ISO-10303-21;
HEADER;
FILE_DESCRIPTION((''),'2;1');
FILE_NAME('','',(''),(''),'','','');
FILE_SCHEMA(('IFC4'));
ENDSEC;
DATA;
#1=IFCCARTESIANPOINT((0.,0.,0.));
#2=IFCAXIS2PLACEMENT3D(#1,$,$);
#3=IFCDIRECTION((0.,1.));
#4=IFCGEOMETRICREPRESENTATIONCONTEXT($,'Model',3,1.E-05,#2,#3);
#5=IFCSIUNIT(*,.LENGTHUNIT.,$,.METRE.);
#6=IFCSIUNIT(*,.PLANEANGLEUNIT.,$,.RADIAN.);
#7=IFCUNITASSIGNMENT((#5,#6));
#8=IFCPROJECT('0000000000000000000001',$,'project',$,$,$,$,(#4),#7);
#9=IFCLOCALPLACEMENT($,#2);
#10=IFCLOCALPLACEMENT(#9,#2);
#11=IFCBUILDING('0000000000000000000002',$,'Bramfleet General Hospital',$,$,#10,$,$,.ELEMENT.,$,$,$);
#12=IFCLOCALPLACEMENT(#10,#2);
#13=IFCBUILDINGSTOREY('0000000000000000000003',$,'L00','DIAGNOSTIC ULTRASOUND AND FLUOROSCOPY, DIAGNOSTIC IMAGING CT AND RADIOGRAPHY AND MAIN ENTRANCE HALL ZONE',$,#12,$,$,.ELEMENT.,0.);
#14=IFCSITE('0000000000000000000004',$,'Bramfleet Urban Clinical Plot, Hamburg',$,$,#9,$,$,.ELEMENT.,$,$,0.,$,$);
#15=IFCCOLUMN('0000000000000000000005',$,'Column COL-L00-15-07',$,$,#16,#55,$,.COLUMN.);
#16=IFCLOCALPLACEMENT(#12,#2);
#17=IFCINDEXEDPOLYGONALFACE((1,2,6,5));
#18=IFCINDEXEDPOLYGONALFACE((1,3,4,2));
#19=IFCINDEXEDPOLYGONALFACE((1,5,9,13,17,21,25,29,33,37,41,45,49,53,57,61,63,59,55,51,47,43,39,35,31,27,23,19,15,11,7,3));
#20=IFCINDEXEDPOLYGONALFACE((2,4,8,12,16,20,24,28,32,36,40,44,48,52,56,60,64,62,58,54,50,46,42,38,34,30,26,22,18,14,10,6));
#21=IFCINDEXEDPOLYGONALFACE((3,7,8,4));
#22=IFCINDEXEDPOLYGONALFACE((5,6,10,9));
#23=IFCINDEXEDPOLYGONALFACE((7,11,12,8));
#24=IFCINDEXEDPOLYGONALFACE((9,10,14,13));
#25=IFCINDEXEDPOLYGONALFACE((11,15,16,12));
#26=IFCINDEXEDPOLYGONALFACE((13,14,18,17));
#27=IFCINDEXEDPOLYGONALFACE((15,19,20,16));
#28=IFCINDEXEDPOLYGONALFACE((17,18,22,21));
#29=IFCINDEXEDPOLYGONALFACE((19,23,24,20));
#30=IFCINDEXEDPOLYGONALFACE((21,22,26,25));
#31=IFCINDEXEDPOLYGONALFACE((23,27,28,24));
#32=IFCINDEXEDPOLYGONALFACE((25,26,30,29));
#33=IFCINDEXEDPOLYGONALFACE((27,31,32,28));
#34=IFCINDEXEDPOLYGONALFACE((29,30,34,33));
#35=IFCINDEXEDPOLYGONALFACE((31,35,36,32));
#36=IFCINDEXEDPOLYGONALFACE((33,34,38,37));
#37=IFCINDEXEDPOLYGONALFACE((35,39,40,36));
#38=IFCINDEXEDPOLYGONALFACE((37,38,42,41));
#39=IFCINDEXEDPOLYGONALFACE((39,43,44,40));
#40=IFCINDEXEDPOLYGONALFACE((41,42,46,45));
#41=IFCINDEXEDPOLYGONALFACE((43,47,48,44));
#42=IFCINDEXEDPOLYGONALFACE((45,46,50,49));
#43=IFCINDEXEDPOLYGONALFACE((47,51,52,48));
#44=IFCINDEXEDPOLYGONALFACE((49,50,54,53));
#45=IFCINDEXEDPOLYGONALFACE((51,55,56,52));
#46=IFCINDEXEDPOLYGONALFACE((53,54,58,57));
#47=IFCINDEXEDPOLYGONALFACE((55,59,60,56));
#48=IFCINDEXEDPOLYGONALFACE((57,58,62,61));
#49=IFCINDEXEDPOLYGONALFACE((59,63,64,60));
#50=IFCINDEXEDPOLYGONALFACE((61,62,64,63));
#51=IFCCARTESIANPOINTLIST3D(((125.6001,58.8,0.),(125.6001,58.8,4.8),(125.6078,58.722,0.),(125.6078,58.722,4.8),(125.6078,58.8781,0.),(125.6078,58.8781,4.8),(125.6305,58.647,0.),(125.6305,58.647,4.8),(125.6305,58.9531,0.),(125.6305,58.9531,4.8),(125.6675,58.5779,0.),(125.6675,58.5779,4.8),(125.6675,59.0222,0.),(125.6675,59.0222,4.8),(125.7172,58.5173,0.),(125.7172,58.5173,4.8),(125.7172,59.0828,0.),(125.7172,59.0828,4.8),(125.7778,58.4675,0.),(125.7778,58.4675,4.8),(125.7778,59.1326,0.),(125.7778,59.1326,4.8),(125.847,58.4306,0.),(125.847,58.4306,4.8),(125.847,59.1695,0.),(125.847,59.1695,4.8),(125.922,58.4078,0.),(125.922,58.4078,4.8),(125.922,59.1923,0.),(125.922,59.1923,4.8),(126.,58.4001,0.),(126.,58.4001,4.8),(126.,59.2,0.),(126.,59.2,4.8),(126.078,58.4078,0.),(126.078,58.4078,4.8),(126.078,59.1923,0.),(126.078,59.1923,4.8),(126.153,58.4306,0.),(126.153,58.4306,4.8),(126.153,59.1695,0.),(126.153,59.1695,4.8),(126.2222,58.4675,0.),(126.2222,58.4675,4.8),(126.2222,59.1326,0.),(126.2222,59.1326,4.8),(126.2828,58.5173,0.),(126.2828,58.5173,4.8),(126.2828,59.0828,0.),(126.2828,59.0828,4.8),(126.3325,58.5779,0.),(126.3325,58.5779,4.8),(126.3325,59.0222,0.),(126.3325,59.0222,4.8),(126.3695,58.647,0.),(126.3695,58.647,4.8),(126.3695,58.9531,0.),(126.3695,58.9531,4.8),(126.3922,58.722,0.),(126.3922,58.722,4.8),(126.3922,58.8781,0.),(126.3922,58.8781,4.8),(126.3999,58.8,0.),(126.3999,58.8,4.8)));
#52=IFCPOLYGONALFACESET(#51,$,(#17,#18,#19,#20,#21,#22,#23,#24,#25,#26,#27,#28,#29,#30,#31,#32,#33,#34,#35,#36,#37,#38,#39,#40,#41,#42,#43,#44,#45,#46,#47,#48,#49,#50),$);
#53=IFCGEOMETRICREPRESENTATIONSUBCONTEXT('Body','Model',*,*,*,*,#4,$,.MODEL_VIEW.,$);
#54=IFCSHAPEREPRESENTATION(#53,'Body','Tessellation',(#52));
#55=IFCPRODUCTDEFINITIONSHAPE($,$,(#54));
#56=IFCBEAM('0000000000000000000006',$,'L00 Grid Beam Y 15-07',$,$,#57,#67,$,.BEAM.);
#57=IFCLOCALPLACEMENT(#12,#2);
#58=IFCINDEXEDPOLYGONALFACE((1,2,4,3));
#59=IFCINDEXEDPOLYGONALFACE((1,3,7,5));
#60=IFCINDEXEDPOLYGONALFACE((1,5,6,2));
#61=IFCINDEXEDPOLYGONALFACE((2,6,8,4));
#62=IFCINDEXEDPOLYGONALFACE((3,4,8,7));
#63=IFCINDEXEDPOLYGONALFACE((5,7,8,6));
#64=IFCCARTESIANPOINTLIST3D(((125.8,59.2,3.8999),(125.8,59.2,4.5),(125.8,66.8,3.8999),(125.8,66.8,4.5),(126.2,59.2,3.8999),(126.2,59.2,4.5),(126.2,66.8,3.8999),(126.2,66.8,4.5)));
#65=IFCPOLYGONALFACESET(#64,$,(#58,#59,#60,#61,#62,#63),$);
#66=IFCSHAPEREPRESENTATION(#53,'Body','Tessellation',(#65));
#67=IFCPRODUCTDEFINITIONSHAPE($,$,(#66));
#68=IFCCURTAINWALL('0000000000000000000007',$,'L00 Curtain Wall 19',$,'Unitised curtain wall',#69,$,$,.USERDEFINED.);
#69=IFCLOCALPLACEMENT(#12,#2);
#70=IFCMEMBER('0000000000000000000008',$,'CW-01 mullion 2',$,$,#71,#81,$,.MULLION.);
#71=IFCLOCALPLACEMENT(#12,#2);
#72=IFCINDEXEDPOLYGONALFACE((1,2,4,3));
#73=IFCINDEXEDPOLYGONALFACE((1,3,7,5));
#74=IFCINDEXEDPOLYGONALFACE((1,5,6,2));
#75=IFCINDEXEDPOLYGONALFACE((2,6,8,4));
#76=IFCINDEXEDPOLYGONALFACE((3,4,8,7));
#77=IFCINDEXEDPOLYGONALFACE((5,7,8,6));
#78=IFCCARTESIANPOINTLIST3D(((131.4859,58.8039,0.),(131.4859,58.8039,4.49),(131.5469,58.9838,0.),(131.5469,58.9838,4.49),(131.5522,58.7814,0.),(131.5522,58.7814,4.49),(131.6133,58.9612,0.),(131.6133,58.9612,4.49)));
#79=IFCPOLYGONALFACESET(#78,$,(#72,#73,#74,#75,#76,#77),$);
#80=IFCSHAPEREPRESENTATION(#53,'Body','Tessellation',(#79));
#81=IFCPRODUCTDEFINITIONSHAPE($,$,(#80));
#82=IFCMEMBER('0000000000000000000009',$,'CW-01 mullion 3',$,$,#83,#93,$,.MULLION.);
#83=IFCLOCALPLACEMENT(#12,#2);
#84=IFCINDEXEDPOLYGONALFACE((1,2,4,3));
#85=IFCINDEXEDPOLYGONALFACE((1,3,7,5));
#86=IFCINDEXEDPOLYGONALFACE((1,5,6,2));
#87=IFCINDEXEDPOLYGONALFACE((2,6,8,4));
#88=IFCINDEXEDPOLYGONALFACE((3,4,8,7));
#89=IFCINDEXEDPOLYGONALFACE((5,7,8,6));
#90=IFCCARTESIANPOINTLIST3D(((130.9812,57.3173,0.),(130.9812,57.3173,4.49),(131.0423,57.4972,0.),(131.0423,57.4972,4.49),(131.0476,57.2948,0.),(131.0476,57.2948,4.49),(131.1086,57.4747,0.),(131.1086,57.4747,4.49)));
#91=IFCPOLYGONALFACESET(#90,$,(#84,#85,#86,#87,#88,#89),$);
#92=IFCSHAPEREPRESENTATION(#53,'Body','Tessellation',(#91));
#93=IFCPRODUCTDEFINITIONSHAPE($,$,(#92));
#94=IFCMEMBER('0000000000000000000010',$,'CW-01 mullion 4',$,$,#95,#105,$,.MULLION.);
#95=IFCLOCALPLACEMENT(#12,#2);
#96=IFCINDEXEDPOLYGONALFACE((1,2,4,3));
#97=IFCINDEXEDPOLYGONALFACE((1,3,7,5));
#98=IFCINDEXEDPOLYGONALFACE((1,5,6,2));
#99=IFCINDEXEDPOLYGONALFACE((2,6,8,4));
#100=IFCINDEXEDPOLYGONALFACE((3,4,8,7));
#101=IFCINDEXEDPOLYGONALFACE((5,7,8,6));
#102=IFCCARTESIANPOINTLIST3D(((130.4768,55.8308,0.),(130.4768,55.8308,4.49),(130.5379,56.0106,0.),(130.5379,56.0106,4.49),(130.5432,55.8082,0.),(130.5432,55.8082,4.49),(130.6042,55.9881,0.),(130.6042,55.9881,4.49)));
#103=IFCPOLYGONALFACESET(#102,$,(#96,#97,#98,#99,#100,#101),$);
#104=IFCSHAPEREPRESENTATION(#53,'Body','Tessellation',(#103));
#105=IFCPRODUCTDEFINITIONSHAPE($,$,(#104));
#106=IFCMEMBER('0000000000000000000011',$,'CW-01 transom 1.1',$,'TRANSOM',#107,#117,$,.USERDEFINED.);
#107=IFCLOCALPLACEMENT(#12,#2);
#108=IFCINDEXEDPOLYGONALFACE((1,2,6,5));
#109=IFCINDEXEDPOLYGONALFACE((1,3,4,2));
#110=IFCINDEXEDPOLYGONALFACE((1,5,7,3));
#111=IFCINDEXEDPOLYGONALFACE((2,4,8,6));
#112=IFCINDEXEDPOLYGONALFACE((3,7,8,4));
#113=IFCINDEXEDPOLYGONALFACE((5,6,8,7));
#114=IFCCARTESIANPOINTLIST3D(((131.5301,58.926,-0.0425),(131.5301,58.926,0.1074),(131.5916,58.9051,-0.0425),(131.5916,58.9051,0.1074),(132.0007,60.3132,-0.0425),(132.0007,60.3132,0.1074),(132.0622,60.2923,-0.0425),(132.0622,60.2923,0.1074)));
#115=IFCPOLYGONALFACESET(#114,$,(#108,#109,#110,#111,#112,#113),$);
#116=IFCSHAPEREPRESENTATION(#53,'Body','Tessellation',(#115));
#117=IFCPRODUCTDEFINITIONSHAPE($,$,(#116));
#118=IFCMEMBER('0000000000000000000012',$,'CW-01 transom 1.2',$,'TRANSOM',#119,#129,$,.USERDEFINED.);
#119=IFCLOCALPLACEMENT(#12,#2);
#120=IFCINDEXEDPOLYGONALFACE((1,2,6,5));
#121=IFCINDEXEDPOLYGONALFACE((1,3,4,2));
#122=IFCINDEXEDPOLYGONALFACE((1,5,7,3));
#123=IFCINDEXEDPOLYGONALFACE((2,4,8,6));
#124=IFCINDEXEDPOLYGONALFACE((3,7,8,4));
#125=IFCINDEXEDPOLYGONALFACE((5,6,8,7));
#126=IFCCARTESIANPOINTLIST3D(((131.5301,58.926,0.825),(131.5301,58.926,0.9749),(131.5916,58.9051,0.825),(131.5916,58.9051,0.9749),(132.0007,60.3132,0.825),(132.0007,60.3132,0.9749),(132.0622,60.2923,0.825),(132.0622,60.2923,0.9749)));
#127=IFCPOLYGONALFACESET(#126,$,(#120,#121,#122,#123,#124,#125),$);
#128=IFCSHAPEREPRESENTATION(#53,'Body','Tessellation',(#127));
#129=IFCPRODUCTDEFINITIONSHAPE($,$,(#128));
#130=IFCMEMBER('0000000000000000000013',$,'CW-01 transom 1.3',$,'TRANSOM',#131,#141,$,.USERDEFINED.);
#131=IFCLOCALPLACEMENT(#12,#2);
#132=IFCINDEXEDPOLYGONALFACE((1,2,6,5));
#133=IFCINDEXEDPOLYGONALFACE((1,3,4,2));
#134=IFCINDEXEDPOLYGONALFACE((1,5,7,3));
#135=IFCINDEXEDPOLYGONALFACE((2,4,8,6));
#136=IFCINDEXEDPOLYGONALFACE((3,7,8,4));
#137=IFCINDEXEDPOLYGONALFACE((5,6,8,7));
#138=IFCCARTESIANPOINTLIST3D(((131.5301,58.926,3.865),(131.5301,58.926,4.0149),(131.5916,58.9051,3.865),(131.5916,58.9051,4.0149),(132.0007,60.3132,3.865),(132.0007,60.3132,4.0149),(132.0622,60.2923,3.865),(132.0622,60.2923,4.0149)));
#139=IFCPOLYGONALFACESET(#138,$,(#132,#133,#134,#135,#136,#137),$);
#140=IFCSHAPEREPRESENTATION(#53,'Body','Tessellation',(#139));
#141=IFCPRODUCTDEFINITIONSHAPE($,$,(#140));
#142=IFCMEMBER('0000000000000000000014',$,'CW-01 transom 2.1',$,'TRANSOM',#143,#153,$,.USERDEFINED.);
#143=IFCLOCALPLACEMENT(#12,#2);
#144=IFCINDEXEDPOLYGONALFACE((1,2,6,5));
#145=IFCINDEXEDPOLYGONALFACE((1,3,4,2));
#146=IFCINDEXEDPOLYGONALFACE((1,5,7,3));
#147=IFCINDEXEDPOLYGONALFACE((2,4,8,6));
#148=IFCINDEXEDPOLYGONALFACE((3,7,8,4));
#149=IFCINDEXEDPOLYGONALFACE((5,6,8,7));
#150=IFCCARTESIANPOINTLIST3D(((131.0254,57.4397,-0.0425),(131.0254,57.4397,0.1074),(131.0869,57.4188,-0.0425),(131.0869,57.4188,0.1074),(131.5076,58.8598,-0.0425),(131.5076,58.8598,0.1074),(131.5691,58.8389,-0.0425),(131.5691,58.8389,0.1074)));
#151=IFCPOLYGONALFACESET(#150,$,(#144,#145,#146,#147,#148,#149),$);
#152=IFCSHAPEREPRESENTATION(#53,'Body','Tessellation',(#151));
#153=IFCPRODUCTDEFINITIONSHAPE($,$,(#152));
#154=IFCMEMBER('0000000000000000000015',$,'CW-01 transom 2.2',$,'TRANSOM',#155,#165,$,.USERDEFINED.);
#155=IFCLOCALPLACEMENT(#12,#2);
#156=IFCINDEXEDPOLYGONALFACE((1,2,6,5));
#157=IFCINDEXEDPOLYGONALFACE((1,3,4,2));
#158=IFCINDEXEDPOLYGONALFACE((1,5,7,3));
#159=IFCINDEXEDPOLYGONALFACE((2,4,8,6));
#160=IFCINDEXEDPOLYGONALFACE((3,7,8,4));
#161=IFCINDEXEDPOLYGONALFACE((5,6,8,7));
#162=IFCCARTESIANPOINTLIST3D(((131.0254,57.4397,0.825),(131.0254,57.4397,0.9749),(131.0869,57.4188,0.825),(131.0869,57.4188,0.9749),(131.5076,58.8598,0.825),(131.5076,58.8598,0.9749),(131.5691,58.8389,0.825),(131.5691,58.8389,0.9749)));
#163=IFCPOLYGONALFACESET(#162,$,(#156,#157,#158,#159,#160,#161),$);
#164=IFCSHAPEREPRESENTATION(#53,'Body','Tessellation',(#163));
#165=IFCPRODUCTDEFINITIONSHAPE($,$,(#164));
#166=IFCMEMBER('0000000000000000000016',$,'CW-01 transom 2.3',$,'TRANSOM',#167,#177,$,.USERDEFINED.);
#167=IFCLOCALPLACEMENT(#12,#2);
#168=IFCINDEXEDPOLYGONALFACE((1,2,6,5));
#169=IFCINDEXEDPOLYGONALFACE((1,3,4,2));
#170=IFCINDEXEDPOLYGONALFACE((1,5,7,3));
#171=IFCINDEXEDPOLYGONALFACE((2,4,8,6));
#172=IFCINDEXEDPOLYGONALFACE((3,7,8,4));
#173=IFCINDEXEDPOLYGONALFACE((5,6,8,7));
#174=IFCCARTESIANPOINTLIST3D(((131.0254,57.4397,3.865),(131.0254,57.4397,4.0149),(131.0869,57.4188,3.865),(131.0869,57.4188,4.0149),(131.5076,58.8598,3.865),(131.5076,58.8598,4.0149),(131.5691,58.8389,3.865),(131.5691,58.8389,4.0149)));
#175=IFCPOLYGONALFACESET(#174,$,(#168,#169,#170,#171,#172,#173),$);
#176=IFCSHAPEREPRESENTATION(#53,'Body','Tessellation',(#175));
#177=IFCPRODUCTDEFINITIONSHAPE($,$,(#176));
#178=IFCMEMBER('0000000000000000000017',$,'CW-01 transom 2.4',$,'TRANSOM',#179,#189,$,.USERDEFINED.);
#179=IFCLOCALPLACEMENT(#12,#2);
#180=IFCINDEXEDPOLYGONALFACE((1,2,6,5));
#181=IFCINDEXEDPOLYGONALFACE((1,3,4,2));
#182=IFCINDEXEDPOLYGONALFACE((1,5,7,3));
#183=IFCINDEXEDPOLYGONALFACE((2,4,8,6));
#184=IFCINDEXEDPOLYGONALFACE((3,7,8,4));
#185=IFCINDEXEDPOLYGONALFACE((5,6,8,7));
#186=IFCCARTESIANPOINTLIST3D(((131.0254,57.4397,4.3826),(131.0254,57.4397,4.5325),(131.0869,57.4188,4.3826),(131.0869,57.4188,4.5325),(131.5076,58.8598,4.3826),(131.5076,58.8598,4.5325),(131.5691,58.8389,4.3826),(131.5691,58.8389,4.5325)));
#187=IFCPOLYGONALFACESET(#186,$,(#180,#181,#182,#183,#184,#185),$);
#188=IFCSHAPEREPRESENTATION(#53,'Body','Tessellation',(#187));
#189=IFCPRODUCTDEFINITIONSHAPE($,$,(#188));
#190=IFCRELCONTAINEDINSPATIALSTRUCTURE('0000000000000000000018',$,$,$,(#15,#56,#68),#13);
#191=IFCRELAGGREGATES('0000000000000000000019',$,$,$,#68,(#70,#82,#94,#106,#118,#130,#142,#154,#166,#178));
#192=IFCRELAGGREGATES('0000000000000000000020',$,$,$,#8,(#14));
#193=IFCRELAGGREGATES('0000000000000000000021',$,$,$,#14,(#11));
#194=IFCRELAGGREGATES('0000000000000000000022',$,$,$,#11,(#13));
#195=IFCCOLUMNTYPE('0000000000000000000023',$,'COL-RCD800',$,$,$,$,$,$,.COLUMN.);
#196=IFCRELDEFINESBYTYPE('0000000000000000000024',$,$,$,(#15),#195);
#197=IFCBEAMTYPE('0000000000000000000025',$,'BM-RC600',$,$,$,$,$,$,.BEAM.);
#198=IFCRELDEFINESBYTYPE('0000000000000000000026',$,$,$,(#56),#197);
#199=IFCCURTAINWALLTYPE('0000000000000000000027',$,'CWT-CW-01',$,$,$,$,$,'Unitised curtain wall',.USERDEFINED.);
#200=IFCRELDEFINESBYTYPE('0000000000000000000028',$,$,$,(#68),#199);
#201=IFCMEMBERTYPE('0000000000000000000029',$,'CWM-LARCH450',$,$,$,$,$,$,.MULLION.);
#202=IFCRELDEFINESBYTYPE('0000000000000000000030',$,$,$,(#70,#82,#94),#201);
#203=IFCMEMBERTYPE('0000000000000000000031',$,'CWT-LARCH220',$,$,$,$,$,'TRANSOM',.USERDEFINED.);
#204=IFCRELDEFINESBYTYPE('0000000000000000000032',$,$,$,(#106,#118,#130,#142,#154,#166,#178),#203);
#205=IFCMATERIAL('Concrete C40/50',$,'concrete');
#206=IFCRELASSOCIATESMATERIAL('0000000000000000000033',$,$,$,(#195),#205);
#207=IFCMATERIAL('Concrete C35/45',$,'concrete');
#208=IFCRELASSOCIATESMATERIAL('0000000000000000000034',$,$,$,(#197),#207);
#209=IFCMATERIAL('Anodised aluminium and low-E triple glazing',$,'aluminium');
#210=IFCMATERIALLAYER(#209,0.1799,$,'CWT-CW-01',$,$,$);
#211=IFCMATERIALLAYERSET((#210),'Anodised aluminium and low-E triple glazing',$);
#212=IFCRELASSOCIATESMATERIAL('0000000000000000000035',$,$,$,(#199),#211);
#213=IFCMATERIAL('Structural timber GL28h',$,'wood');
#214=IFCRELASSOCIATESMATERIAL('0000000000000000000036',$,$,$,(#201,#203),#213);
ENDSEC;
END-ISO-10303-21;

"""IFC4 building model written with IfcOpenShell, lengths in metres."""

from ifc_helpers import new_model, si_unit, direction, frame, origin, origin_2d, place, context, subcontext, project, spatial, rectangle, circle, extrude, material, layer, layer_set, material_profile, profile_set, type_object, element, aggregate, save


model = new_model("IFC4")

# Units and contexts
model_context = context("Model", 3, precision=1e-05, world=origin(), true_north=direction((0.0, 1.0)))
body_context = subcontext(model_context, "Body", "Model", "MODEL_VIEW")
ifc_project = project(units=[si_unit("LENGTHUNIT", "METRE"), si_unit("PLANEANGLEUNIT", "RADIAN")], contexts=[model_context])

# Site, building, storey
site_placement = place(None, origin())
site = spatial("IfcSite", under=ifc_project, at=site_placement, Name="Bramfleet Urban Clinical Plot, Hamburg", CompositionType="ELEMENT", RefElevation=0.0)
building_placement = place(site_placement, origin())
building = spatial("IfcBuilding", under=site, at=building_placement, Name="Bramfleet General Hospital", CompositionType="ELEMENT")
storey_placement = place(building_placement, origin())
storey = spatial("IfcBuildingStorey", under=building, at=storey_placement, Name="L00", Description="DIAGNOSTIC ULTRASOUND AND FLUOROSCOPY, DIAGNOSTIC IMAGING CT AND RADIOGRAPHY AND MAIN ENTRANCE HALL ZONE", CompositionType="ELEMENT", Elevation=0.0)

# Column
ifc_material_1 = material(Name="Concrete C40/50", Category="concrete")
ifc_material_profile_1 = material_profile(ifc_material_1, circle(Radius=0.3999, at=origin_2d()), Name="RC ROUND D800")
ifc_profile_set_1 = profile_set([ifc_material_profile_1], Name="Concrete C40/50")
column_type = type_object("IfcColumnType", Name="COL-RCD800", PredefinedType="COLUMN", material=ifc_profile_set_1)
column_placement = place(storey_placement, frame((126.0, 58.8, 0.0), z_axis=(0.0, 0.0, 1.0), x_axis=(1.0, 0.0, 0.0)))
element("IfcColumn", 1, at=column_placement, inside=storey, type_object=column_type, Name="Column COL-L00-15-07", PredefinedType="COLUMN", context=body_context, shape_type="SweptSolid", body=[
    extrude(circle(Radius=0.3999, at=origin_2d()), origin(), (0.0, 0.0, 1.0), 4.8),
])

# Beam
ifc_material_2 = material(Name="Concrete C35/45", Category="concrete")
ifc_material_profile_2 = material_profile(ifc_material_2, rectangle(XDim=0.3999, YDim=0.6001, at=origin_2d()), Name="RC BM 600x400")
ifc_profile_set_2 = profile_set([ifc_material_profile_2], Name="Concrete C35/45")
beam_type = type_object("IfcBeamType", Name="BM-RC600", PredefinedType="BEAM", material=ifc_profile_set_2)
beam_placement = place(storey_placement, frame((126.0, 59.2, 4.2), z_axis=(0.0, 1.0, 0.0), x_axis=(-1.0, 0.0, 0.0)))
element("IfcBeam", 2, at=beam_placement, inside=storey, type_object=beam_type, Name="L00 Grid Beam Y 15-07", PredefinedType="BEAM", context=body_context, shape_type="SweptSolid", body=[
    extrude(rectangle(XDim=0.3999, YDim=0.6001, at=origin_2d()), origin(), (0.0, 0.0, 1.0), 7.6001),
])

# Curtain wall, members
ifc_material_3 = material(Name="Anodised aluminium and low-E triple glazing", Category="aluminium")
ifc_layer_1 = layer(ifc_material_3, 0.1799, Name="CWT-CW-01")
ifc_layer_set_1 = layer_set([ifc_layer_1], Name="Anodised aluminium and low-E triple glazing")
curtain_wall_type_1 = type_object("IfcCurtainWallType", Name="CWT-CW-01", ElementType="Unitised curtain wall", PredefinedType="USERDEFINED", material=ifc_layer_set_1)
curtain_wall_1_placement = place(storey_placement, origin())
curtain_wall_1 = element("IfcCurtainWall", 3, at=curtain_wall_1_placement, inside=storey, type_object=curtain_wall_type_1, Name="L00 Curtain Wall 19", ObjectType="Unitised curtain wall", PredefinedType="USERDEFINED")
ifc_material_4 = material(Name="Structural timber GL28h", Category="wood")
ifc_material_profile_3 = material_profile(ifc_material_4, rectangle(XDim=0.0701, YDim=0.1899, at=origin_2d()), Name="LARCH 190x70")
ifc_profile_set_3 = profile_set([ifc_material_profile_3], Name="Structural timber GL28h")
member_type_1 = type_object("IfcMemberType", Name="CWM-LARCH450", PredefinedType="MULLION", material=ifc_profile_set_3)
member_1_placement = place(storey_placement, frame((131.5496, 58.8826, 0.0), z_axis=(0.0, 0.0, 1.0), x_axis=(0.946949, -0.321383, 0.0)))
member_1 = element("IfcMember", 4, at=member_1_placement, type_object=member_type_1, Name="CW-01 mullion 2", PredefinedType="MULLION", context=body_context, shape_type="SweptSolid", body=[
    extrude(rectangle(XDim=0.0701, YDim=0.1899, at=origin_2d()), origin(), (0.0, 0.0, 1.0), 4.49),
])
member_2_placement = place(storey_placement, frame((131.0449, 57.396, 0.0), z_axis=(0.0, 0.0, 1.0), x_axis=(0.946949, -0.321383, 0.0)))
member_2 = element("IfcMember", 5, at=member_2_placement, type_object=member_type_1, Name="CW-01 mullion 3", PredefinedType="MULLION", context=body_context, shape_type="SweptSolid", body=[
    extrude(rectangle(XDim=0.0701, YDim=0.1899, at=origin_2d()), origin(), (0.0, 0.0, 1.0), 4.49),
])
member_3_placement = place(storey_placement, frame((130.5405, 55.9094, 0.0), z_axis=(0.0, 0.0, 1.0), x_axis=(0.946949, -0.321383, 0.0)))
member_3 = element("IfcMember", 6, at=member_3_placement, type_object=member_type_1, Name="CW-01 mullion 4", PredefinedType="MULLION", context=body_context, shape_type="SweptSolid", body=[
    extrude(rectangle(XDim=0.0701, YDim=0.1899, at=origin_2d()), origin(), (0.0, 0.0, 1.0), 4.49),
])
ifc_material_profile_4 = material_profile(ifc_material_4, rectangle(XDim=0.0649, YDim=0.1499, at=origin_2d()), Name="LARCH 150x65")
ifc_profile_set_4 = profile_set([ifc_material_profile_4], Name="Structural timber GL28h")
member_type_2 = type_object("IfcMemberType", Name="CWT-LARCH220", ElementType="TRANSOM", PredefinedType="USERDEFINED", material=ifc_profile_set_4)
member_4_placement = place(storey_placement, frame((132.0315, 60.3027, 0.0325), z_axis=(-0.321323, -0.94697, 0.0), x_axis=(0.94697, -0.321323, 0.0)))
member_4 = element("IfcMember", 7, at=member_4_placement, type_object=member_type_2, Name="CW-01 transom 1.1", ObjectType="TRANSOM", PredefinedType="USERDEFINED", context=body_context, shape_type="SweptSolid", body=[
    extrude(rectangle(XDim=0.0649, YDim=0.1499, at=origin_2d()), origin(), (0.0, 0.0, 1.0), 1.4648),
])
member_5_placement = place(storey_placement, frame((132.0315, 60.3027, 0.8999), z_axis=(-0.321323, -0.94697, 0.0), x_axis=(0.94697, -0.321323, 0.0)))
member_5 = element("IfcMember", 8, at=member_5_placement, type_object=member_type_2, Name="CW-01 transom 1.2", ObjectType="TRANSOM", PredefinedType="USERDEFINED", context=body_context, shape_type="SweptSolid", body=[
    extrude(rectangle(XDim=0.0649, YDim=0.1499, at=origin_2d()), origin(), (0.0, 0.0, 1.0), 1.4648),
])
member_6_placement = place(storey_placement, frame((132.0315, 60.3027, 3.9399), z_axis=(-0.321323, -0.94697, 0.0), x_axis=(0.94697, -0.321323, 0.0)))
member_6 = element("IfcMember", 9, at=member_6_placement, type_object=member_type_2, Name="CW-01 transom 1.3", ObjectType="TRANSOM", PredefinedType="USERDEFINED", context=body_context, shape_type="SweptSolid", body=[
    extrude(rectangle(XDim=0.0649, YDim=0.1499, at=origin_2d()), origin(), (0.0, 0.0, 1.0), 1.4648),
])
member_7_placement = place(storey_placement, frame((131.5383, 58.8494, 0.0325), z_axis=(-0.321497, -0.946911, 0.0), x_axis=(0.946911, -0.321497, 0.0)))
member_7 = element("IfcMember", 10, at=member_7_placement, type_object=member_type_2, Name="CW-01 transom 2.1", ObjectType="TRANSOM", PredefinedType="USERDEFINED", context=body_context, shape_type="SweptSolid", body=[
    extrude(rectangle(XDim=0.0649, YDim=0.1499, at=origin_2d()), origin(), (0.0, 0.0, 1.0), 1.4998),
])
member_8_placement = place(storey_placement, frame((131.5383, 58.8494, 0.8999), z_axis=(-0.321497, -0.946911, 0.0), x_axis=(0.946911, -0.321497, 0.0)))
member_8 = element("IfcMember", 11, at=member_8_placement, type_object=member_type_2, Name="CW-01 transom 2.2", ObjectType="TRANSOM", PredefinedType="USERDEFINED", context=body_context, shape_type="SweptSolid", body=[
    extrude(rectangle(XDim=0.0649, YDim=0.1499, at=origin_2d()), origin(), (0.0, 0.0, 1.0), 1.4998),
])
member_9_placement = place(storey_placement, frame((131.5383, 58.8494, 3.9399), z_axis=(-0.321497, -0.946911, 0.0), x_axis=(0.946911, -0.321497, 0.0)))
member_9 = element("IfcMember", 12, at=member_9_placement, type_object=member_type_2, Name="CW-01 transom 2.3", ObjectType="TRANSOM", PredefinedType="USERDEFINED", context=body_context, shape_type="SweptSolid", body=[
    extrude(rectangle(XDim=0.0649, YDim=0.1499, at=origin_2d()), origin(), (0.0, 0.0, 1.0), 1.4998),
])
member_10_placement = place(storey_placement, frame((131.5383, 58.8494, 4.4575), z_axis=(-0.321497, -0.946911, 0.0), x_axis=(0.946911, -0.321497, 0.0)))
member_10 = element("IfcMember", 13, at=member_10_placement, type_object=member_type_2, Name="CW-01 transom 2.4", ObjectType="TRANSOM", PredefinedType="USERDEFINED", context=body_context, shape_type="SweptSolid", body=[
    extrude(rectangle(XDim=0.0649, YDim=0.1499, at=origin_2d()), origin(), (0.0, 0.0, 1.0), 1.4998),
])

aggregate(curtain_wall_1, [member_1, member_2, member_3, member_4, member_5, member_6, member_7, member_8, member_9, member_10])

save(model, "model.ifc")
